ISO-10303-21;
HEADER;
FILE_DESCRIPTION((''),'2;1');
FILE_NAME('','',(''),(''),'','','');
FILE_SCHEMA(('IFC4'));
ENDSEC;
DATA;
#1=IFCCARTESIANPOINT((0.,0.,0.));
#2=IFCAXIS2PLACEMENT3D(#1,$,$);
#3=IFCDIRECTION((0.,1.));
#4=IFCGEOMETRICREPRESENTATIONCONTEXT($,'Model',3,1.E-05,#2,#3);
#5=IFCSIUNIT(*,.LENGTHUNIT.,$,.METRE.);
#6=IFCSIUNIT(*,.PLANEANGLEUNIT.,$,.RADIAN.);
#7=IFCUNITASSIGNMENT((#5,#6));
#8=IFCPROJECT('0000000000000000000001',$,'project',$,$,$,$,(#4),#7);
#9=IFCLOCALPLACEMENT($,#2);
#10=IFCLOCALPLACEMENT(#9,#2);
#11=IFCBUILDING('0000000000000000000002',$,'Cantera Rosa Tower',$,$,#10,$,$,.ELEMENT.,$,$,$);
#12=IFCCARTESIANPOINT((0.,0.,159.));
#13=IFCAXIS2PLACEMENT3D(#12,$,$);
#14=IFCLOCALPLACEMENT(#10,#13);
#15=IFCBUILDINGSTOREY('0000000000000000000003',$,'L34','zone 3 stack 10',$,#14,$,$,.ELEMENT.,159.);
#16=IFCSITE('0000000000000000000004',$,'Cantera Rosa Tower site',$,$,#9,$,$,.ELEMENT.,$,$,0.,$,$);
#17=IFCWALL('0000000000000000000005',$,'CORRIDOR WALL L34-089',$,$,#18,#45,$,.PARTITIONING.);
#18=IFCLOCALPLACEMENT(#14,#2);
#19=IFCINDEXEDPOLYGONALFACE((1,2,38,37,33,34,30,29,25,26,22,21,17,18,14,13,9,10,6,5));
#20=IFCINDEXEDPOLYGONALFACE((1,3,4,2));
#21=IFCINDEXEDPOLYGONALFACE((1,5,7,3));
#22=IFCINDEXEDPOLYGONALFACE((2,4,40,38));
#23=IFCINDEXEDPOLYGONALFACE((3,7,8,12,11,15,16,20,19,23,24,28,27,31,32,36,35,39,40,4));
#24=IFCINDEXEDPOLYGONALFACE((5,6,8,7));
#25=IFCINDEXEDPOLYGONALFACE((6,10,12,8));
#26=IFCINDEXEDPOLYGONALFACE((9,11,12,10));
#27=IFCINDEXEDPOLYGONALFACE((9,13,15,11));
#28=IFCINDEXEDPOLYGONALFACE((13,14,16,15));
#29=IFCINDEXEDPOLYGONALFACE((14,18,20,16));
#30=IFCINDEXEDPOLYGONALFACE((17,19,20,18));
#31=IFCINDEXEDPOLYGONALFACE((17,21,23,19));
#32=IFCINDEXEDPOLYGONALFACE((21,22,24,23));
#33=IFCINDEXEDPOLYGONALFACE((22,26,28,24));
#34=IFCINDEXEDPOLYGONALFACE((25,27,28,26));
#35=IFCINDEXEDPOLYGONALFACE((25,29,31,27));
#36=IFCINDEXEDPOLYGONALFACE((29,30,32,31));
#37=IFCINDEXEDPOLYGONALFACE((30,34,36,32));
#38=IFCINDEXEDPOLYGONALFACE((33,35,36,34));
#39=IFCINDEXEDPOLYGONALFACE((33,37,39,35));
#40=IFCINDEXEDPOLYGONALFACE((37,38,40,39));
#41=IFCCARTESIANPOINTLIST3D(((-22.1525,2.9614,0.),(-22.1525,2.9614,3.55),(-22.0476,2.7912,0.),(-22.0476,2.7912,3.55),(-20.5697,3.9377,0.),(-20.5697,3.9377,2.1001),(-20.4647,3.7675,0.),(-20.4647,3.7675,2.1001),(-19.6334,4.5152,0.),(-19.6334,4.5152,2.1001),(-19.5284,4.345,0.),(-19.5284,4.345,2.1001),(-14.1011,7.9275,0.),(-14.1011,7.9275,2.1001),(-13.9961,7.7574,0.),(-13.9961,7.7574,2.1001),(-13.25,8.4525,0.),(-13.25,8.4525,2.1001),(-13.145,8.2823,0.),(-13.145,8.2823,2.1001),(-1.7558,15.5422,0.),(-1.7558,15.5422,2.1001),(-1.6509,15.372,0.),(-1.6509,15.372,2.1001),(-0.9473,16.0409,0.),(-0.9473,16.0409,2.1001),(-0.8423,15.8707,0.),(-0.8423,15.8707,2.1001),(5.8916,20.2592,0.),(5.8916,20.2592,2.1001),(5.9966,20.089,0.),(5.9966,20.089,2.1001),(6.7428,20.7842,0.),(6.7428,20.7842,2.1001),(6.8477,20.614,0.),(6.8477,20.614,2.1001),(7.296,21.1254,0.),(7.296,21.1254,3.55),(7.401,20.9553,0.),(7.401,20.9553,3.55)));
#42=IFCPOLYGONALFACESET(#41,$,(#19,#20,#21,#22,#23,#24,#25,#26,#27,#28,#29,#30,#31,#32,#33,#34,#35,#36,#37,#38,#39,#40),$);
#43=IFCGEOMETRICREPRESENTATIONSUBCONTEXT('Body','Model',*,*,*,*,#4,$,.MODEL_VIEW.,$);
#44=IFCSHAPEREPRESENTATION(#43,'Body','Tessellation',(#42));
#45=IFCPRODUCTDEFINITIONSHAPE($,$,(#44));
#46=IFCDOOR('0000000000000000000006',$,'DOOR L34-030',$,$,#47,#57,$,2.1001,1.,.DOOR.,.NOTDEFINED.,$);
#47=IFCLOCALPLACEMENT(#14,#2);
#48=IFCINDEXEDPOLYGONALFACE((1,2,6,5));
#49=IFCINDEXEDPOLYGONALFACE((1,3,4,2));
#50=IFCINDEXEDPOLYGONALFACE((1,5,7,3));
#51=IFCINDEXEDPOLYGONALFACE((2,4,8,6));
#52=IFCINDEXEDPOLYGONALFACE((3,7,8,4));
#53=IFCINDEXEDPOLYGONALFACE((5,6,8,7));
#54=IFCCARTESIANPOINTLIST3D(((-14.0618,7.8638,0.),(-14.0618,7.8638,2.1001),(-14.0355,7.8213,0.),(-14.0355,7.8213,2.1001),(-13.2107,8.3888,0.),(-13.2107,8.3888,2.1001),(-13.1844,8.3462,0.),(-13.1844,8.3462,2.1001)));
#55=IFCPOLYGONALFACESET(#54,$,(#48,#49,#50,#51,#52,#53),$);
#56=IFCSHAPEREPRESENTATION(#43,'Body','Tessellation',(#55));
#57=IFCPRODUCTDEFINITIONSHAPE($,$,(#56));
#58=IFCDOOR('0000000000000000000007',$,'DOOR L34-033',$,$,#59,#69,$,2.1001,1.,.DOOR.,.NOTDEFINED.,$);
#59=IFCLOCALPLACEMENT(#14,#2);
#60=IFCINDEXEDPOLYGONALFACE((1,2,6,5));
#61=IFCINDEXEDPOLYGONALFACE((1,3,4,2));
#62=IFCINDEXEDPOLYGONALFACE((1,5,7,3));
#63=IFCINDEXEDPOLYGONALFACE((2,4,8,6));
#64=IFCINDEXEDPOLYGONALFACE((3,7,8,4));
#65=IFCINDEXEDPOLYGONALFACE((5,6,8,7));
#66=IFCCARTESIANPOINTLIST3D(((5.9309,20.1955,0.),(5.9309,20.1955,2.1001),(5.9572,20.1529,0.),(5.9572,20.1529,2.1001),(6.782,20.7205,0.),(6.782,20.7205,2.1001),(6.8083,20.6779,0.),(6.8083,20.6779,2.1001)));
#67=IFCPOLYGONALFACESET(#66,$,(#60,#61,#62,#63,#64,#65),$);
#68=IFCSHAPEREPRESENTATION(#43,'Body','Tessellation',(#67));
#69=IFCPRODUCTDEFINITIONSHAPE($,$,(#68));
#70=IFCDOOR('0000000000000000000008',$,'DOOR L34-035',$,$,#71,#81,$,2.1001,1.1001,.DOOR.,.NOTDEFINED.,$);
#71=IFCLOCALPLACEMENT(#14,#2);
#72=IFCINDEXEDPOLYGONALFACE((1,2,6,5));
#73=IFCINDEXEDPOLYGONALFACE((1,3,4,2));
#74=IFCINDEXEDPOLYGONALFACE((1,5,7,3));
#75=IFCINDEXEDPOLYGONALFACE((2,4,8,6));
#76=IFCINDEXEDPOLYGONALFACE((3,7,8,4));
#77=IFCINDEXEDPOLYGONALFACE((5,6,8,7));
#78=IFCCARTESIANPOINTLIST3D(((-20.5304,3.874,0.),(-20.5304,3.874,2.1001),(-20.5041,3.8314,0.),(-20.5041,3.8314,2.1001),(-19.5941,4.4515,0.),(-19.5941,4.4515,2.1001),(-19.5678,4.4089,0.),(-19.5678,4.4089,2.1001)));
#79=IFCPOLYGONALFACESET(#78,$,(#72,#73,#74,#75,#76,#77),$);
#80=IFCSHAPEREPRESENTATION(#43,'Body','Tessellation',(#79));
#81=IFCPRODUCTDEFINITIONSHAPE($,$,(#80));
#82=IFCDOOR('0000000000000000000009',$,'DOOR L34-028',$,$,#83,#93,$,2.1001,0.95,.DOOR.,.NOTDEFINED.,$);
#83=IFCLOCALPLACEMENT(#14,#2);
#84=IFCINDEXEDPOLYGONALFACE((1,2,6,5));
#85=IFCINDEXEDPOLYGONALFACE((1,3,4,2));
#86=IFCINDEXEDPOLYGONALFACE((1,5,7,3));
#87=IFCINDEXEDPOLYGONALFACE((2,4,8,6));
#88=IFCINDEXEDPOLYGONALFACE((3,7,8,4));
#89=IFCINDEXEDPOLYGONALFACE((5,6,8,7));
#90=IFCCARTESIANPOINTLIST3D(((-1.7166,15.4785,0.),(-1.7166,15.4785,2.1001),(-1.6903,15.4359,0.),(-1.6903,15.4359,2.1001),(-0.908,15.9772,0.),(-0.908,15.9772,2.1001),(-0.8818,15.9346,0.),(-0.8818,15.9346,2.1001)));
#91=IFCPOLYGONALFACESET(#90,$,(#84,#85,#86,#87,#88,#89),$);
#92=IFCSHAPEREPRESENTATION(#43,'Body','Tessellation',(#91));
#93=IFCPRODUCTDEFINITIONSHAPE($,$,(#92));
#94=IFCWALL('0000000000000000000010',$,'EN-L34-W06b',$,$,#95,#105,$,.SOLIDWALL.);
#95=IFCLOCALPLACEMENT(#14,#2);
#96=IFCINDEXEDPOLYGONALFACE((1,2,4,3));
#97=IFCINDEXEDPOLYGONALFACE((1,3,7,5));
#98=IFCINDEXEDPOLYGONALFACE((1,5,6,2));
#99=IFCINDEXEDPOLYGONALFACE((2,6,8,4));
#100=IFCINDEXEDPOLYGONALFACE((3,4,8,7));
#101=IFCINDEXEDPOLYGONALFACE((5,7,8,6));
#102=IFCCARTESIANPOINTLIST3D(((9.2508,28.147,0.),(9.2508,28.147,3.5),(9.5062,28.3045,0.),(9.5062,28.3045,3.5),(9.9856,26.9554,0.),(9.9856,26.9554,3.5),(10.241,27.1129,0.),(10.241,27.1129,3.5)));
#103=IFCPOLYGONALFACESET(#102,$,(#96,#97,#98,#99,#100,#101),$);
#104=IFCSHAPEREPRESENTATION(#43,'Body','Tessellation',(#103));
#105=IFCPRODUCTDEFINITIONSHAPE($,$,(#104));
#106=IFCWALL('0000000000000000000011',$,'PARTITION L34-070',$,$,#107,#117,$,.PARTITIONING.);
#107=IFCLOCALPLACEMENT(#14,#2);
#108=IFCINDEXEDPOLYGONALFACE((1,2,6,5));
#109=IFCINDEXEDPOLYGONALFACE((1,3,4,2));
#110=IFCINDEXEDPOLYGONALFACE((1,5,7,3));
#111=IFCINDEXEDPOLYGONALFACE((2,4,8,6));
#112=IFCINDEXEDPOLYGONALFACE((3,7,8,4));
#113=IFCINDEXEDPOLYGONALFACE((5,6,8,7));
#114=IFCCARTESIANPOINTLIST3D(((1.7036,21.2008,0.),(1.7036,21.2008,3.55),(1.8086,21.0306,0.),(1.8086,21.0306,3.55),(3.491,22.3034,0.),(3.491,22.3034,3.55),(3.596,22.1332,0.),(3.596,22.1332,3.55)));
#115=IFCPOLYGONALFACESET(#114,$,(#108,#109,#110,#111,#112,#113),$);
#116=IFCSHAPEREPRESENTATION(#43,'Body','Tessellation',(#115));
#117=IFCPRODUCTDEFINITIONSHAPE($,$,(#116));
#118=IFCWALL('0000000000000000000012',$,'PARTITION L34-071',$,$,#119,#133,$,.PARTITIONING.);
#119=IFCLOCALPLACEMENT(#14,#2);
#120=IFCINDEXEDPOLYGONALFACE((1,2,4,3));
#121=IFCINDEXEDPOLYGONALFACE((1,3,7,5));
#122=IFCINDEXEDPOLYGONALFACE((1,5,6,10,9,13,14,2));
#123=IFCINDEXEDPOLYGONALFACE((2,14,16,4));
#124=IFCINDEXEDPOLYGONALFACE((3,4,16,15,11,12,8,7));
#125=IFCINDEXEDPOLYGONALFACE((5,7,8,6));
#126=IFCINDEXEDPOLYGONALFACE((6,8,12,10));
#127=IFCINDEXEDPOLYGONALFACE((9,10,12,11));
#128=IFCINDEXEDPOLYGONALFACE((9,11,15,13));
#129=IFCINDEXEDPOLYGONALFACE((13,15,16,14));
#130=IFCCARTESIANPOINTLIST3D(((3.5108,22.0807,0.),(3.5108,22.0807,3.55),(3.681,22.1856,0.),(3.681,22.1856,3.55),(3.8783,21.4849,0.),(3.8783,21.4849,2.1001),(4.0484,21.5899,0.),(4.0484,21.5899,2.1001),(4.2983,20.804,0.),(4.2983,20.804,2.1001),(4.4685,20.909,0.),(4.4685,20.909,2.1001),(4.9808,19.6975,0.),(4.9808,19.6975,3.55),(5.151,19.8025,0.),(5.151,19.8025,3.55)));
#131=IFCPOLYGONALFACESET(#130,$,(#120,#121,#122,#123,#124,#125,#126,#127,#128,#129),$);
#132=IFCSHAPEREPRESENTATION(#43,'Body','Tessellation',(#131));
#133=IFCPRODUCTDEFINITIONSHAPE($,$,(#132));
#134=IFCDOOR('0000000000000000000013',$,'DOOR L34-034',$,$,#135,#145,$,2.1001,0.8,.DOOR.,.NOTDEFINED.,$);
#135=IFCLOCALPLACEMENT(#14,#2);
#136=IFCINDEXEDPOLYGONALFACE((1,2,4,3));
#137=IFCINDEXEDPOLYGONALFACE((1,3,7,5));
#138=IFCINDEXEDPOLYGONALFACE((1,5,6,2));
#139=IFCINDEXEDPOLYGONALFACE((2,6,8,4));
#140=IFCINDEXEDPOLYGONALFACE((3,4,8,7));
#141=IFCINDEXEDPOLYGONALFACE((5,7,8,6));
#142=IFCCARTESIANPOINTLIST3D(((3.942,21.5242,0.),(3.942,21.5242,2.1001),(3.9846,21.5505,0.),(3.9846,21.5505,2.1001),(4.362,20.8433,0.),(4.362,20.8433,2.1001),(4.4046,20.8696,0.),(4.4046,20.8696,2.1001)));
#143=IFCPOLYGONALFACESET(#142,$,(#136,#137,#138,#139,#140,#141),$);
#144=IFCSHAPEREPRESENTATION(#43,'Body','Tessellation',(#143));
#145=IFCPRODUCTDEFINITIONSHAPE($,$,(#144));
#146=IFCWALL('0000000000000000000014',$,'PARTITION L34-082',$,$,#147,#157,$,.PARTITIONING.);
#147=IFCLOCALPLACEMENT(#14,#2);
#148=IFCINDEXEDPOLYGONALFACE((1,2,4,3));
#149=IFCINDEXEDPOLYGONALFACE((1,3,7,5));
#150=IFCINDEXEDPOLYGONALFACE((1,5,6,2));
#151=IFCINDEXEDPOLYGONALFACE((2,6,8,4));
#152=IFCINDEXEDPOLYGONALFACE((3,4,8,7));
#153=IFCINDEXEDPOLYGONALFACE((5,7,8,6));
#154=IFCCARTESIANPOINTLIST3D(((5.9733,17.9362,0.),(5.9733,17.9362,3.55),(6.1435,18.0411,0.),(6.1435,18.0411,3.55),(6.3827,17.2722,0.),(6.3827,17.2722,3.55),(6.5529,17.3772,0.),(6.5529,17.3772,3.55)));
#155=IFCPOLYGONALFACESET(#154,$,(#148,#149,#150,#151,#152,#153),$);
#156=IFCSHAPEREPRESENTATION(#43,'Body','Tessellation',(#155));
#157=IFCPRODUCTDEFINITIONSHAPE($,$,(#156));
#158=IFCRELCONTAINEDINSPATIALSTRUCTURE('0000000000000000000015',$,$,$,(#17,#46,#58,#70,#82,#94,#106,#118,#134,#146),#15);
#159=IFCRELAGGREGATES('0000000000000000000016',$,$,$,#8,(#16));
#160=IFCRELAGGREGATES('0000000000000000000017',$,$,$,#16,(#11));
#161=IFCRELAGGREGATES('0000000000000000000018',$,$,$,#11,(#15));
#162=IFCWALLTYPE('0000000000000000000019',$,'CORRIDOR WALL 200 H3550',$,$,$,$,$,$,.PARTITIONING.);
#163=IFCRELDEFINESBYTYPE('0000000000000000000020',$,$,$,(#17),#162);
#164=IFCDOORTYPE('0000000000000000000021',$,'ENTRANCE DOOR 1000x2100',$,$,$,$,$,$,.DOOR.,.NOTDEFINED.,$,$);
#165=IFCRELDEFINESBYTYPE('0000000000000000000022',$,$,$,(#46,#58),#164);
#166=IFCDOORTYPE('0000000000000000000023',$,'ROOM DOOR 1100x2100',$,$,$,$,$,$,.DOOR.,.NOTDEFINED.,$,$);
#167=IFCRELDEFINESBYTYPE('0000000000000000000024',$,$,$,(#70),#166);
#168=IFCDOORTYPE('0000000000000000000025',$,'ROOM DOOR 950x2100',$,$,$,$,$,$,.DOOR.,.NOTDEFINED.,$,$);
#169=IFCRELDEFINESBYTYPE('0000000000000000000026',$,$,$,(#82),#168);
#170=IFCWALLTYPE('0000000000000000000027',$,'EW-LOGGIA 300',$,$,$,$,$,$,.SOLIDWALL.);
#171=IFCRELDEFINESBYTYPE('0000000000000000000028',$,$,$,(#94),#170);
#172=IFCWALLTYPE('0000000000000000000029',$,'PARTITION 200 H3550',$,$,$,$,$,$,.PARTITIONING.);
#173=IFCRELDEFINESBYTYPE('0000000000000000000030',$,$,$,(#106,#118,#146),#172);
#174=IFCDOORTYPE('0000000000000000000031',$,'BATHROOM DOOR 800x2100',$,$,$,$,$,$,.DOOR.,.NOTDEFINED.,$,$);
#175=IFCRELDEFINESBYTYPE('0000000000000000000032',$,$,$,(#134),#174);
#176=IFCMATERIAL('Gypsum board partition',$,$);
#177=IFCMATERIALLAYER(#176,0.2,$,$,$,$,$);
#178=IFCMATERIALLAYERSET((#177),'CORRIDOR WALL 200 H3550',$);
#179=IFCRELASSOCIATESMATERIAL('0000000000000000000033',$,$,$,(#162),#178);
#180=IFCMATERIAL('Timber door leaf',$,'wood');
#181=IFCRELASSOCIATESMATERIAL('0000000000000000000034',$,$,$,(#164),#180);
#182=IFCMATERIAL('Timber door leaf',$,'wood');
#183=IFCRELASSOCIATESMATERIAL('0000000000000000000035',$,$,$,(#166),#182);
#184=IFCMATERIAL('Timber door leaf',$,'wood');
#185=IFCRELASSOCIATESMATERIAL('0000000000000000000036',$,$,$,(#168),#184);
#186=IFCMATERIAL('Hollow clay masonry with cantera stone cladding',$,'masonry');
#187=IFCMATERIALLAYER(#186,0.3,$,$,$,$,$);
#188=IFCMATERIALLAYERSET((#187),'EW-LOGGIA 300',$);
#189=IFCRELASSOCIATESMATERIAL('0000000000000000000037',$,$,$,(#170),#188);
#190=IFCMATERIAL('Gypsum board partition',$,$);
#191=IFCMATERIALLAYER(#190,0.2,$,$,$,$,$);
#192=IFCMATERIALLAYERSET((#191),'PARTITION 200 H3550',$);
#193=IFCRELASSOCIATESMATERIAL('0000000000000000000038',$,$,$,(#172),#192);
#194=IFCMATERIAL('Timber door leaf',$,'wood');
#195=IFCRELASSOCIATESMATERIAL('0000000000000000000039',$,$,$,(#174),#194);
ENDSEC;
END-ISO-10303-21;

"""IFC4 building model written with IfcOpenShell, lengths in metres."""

from ifc_helpers import new_model, si_unit, direction, frame, frame_2d, origin, place, context, subcontext, project, spatial, rectangle, extrude, material, layer, layer_set, type_object, element, fill, save


model = new_model("IFC4")

# Units and contexts
model_context = context("Model", 3, precision=1e-05, world=origin(), true_north=direction((0.0, 1.0)))
body_context = subcontext(model_context, "Body", "Model", "MODEL_VIEW")
ifc_project = project(units=[si_unit("LENGTHUNIT", "METRE"), si_unit("PLANEANGLEUNIT", "RADIAN")], contexts=[model_context])

# Site, building, storey
site_placement = place(None, origin())
site = spatial("IfcSite", under=ifc_project, at=site_placement, Name="Cantera Rosa Tower site", CompositionType="ELEMENT", RefElevation=0.0)
building_placement = place(site_placement, origin())
building = spatial("IfcBuilding", under=site, at=building_placement, Name="Cantera Rosa Tower", CompositionType="ELEMENT")
storey_placement = place(building_placement, frame((0.0, 0.0, 159.0)))
storey = spatial("IfcBuildingStorey", under=building, at=storey_placement, Name="L34", Description="zone 3 stack 10", CompositionType="ELEMENT", Elevation=159.0)

# Shared definitions
ifc_material_1 = material(Name="Gypsum board partition")
ifc_layer_1 = layer(ifc_material_1, 0.2)
ifc_layer_set_1 = layer_set([ifc_layer_1], Name="CORRIDOR WALL 200 H3550")
wall_type_1 = type_object("IfcWallType", Name="CORRIDOR WALL 200 H3550", PredefinedType="PARTITIONING", material=ifc_layer_set_1)

# Wall, openings, doors
wall_1_placement = place(storey_placement, frame((7.3484, 21.0403, 0.0), z_axis=(0.0, 0.0, 1.0), x_axis=(-0.851117, -0.524976, 0.0)))
wall_1 = element("IfcWall", 1, at=wall_1_placement, inside=storey, type_object=wall_type_1, Name="CORRIDOR WALL L34-089", PredefinedType="PARTITIONING", context=body_context, shape_type="SweptSolid", body=[
    extrude(rectangle(XDim=34.5999, YDim=0.2, at=frame_2d((17.2998, 0.0))), origin(), (0.0, 0.0, 1.0), 3.55),
])
opening_1_placement = place(wall_1_placement, frame((9.6851, 0.0, 0.0)))
opening_1 = element("IfcOpeningElement", 2, at=opening_1_placement, cuts=wall_1, PredefinedType="OPENING", context=body_context, shape_type="SweptSolid", body=[
    extrude(rectangle(XDim=0.95, YDim=2.1001, at=frame_2d((0.4751, 1.05))), frame((0.0, 0.1099, 0.0), z_axis=(0.0, -1.0, 0.0), x_axis=(1.0, 0.0, 0.0)), (0.0, 0.0, 1.0), 0.22),
])
opening_2_placement = place(wall_1_placement, frame((24.1399, 0.0, 0.0)))
opening_2 = element("IfcOpeningElement", 3, at=opening_2_placement, cuts=wall_1, PredefinedType="OPENING", context=body_context, shape_type="SweptSolid", body=[
    extrude(rectangle(XDim=1.0, YDim=2.1001, at=frame_2d((0.5, 1.05))), frame((0.0, 0.1099, 0.0), z_axis=(0.0, -1.0, 0.0), x_axis=(1.0, 0.0, 0.0)), (0.0, 0.0, 1.0), 0.22),
])
opening_3_placement = place(wall_1_placement, frame((0.6499, 0.0, 0.0)))
opening_3 = element("IfcOpeningElement", 4, at=opening_3_placement, cuts=wall_1, PredefinedType="OPENING", context=body_context, shape_type="SweptSolid", body=[
    extrude(rectangle(XDim=1.0, YDim=2.1001, at=frame_2d((0.5, 1.05))), frame((0.0, 0.1099, 0.0), z_axis=(0.0, -1.0, 0.0), x_axis=(1.0, 0.0, 0.0)), (0.0, 0.0, 1.0), 0.22),
])
opening_4_placement = place(wall_1_placement, frame((31.6399, 0.0, 0.0)))
opening_4 = element("IfcOpeningElement", 5, at=opening_4_placement, cuts=wall_1, PredefinedType="OPENING", context=body_context, shape_type="SweptSolid", body=[
    extrude(rectangle(XDim=1.1001, YDim=2.1001, at=frame_2d((0.55, 1.05))), frame((0.0, 0.1099, 0.0), z_axis=(0.0, -1.0, 0.0), x_axis=(1.0, 0.0, 0.0)), (0.0, 0.0, 1.0), 0.22),
])
ifc_material_2 = material(Name="Timber door leaf", Category="wood")
door_type_1 = type_object("IfcDoorType", Name="ENTRANCE DOOR 1000x2100", OperationType="NOTDEFINED", PredefinedType="DOOR", material=ifc_material_2)
door_1_placement = place(opening_2_placement, origin())
door_1 = element("IfcDoor", 6, at=door_1_placement, inside=storey, type_object=door_type_1, Name="DOOR L34-030", OperationType="NOTDEFINED", OverallHeight=2.1001, OverallWidth=1.0, PredefinedType="DOOR", context=body_context, shape_type="SweptSolid", body=[
    extrude(rectangle(XDim=1.0, YDim=2.1001, at=frame_2d((0.5, 1.05))), frame((0.0, 0.0249, 0.0), z_axis=(0.0, -1.0, 0.0), x_axis=(1.0, 0.0, 0.0)), (0.0, 0.0, 1.0), 0.05),
])
fill(opening_2, door_1)
door_2_placement = place(opening_3_placement, origin())
door_2 = element("IfcDoor", 7, at=door_2_placement, inside=storey, type_object=door_type_1, Name="DOOR L34-033", OperationType="NOTDEFINED", OverallHeight=2.1001, OverallWidth=1.0, PredefinedType="DOOR", context=body_context, shape_type="SweptSolid", body=[
    extrude(rectangle(XDim=1.0, YDim=2.1001, at=frame_2d((0.5, 1.05))), frame((0.0, 0.0249, 0.0), z_axis=(0.0, -1.0, 0.0), x_axis=(1.0, 0.0, 0.0)), (0.0, 0.0, 1.0), 0.05),
])
fill(opening_3, door_2)
ifc_material_3 = material(Name="Timber door leaf", Category="wood")
door_type_2 = type_object("IfcDoorType", Name="ROOM DOOR 1100x2100", OperationType="NOTDEFINED", PredefinedType="DOOR", material=ifc_material_3)
door_3_placement = place(opening_4_placement, origin())
door_3 = element("IfcDoor", 8, at=door_3_placement, inside=storey, type_object=door_type_2, Name="DOOR L34-035", OperationType="NOTDEFINED", OverallHeight=2.1001, OverallWidth=1.1001, PredefinedType="DOOR", context=body_context, shape_type="SweptSolid", body=[
    extrude(rectangle(XDim=1.1001, YDim=2.1001, at=frame_2d((0.55, 1.05))), frame((0.0, 0.0249, 0.0), z_axis=(0.0, -1.0, 0.0), x_axis=(1.0, 0.0, 0.0)), (0.0, 0.0, 1.0), 0.05),
])
fill(opening_4, door_3)
ifc_material_4 = material(Name="Timber door leaf", Category="wood")
door_type_3 = type_object("IfcDoorType", Name="ROOM DOOR 950x2100", OperationType="NOTDEFINED", PredefinedType="DOOR", material=ifc_material_4)
door_4_placement = place(opening_1_placement, origin())
door_4 = element("IfcDoor", 9, at=door_4_placement, inside=storey, type_object=door_type_3, Name="DOOR L34-028", OperationType="NOTDEFINED", OverallHeight=2.1001, OverallWidth=0.95, PredefinedType="DOOR", context=body_context, shape_type="SweptSolid", body=[
    extrude(rectangle(XDim=0.95, YDim=2.1001, at=frame_2d((0.4751, 1.05))), frame((0.0, 0.0249, 0.0), z_axis=(0.0, -1.0, 0.0), x_axis=(1.0, 0.0, 0.0)), (0.0, 0.0, 1.0), 0.05),
])
fill(opening_1, door_4)

# Walls
ifc_material_5 = material(Name="Hollow clay masonry with cantera stone cladding", Category="masonry")
ifc_layer_2 = layer(ifc_material_5, 0.3)
ifc_layer_set_2 = layer_set([ifc_layer_2], Name="EW-LOGGIA 300")
wall_type_2 = type_object("IfcWallType", Name="EW-LOGGIA 300", PredefinedType="SOLIDWALL", material=ifc_layer_set_2)
wall_2_placement = place(storey_placement, frame((10.1133, 27.0342, 0.0), z_axis=(0.0, 0.0, 1.0), x_axis=(-0.524895, 0.851167, 0.0)))
element("IfcWall", 10, at=wall_2_placement, inside=storey, type_object=wall_type_2, Name="EN-L34-W06b", PredefinedType="SOLIDWALL", context=body_context, shape_type="SweptSolid", body=[
    extrude(rectangle(XDim=1.3999, YDim=0.3, at=frame_2d((0.7, 0.0))), origin(), (0.0, 0.0, 1.0), 3.5),
])
ifc_material_6 = material(Name="Gypsum board partition")
ifc_layer_3 = layer(ifc_material_6, 0.2)
ifc_layer_set_3 = layer_set([ifc_layer_3], Name="PARTITION 200 H3550")
wall_type_3 = type_object("IfcWallType", Name="PARTITION 200 H3550", PredefinedType="PARTITIONING", material=ifc_layer_set_3)
wall_3_placement = place(storey_placement, frame((1.7561, 21.1157, 0.0), z_axis=(0.0, 0.0, 1.0), x_axis=(0.851099, 0.525005, 0.0)))
element("IfcWall", 11, at=wall_3_placement, inside=storey, type_object=wall_type_3, Name="PARTITION L34-070", PredefinedType="PARTITIONING", context=body_context, shape_type="SweptSolid", body=[
    extrude(rectangle(XDim=2.1001, YDim=0.2, at=frame_2d((1.05, 0.0))), origin(), (0.0, 0.0, 1.0), 3.55),
])

# Wall, opening, door
wall_4_placement = place(storey_placement, frame((3.5959, 22.1331, 0.0), z_axis=(0.0, 0.0, 1.0), x_axis=(0.524997, -0.851104, 0.0)))
wall_4 = element("IfcWall", 12, at=wall_4_placement, inside=storey, type_object=wall_type_3, Name="PARTITION L34-071", PredefinedType="PARTITIONING", context=body_context, shape_type="SweptSolid", body=[
    extrude(rectangle(XDim=2.8, YDim=0.2, at=frame_2d((1.3999, 0.0))), origin(), (0.0, 0.0, 1.0), 3.55),
])
opening_5_placement = place(wall_4_placement, frame((0.7, 0.0, 0.0)))
opening_5 = element("IfcOpeningElement", 13, at=opening_5_placement, cuts=wall_4, PredefinedType="OPENING", context=body_context, shape_type="SweptSolid", body=[
    extrude(rectangle(XDim=0.8, YDim=2.1001, at=frame_2d((0.3999, 1.05))), frame((0.0, 0.1099, 0.0), z_axis=(0.0, -1.0, 0.0), x_axis=(1.0, 0.0, 0.0)), (0.0, 0.0, 1.0), 0.22),
])
ifc_material_7 = material(Name="Timber door leaf", Category="wood")
door_type_4 = type_object("IfcDoorType", Name="BATHROOM DOOR 800x2100", OperationType="NOTDEFINED", PredefinedType="DOOR", material=ifc_material_7)
door_5_placement = place(opening_5_placement, origin())
door_5 = element("IfcDoor", 14, at=door_5_placement, inside=storey, type_object=door_type_4, Name="DOOR L34-034", OperationType="NOTDEFINED", OverallHeight=2.1001, OverallWidth=0.8, PredefinedType="DOOR", context=body_context, shape_type="SweptSolid", body=[
    extrude(rectangle(XDim=0.8, YDim=2.1001, at=frame_2d((0.3999, 1.05))), frame((0.0, 0.0249, 0.0), z_axis=(0.0, -1.0, 0.0), x_axis=(1.0, 0.0, 0.0)), (0.0, 0.0, 1.0), 0.05),
])
fill(opening_5, door_5)

# Wall
wall_5_placement = place(storey_placement, frame((6.0583, 17.9888, 0.0), z_axis=(0.0, 0.0, 1.0), x_axis=(0.524813, -0.851217, 0.0)))
element("IfcWall", 15, at=wall_5_placement, inside=storey, type_object=wall_type_3, Name="PARTITION L34-082", PredefinedType="PARTITIONING", context=body_context, shape_type="SweptSolid", body=[
    extrude(rectangle(XDim=0.78, YDim=0.2, at=frame_2d((0.3901, 0.0))), origin(), (0.0, 0.0, 1.0), 3.55),
])

save(model, "model.ifc")
